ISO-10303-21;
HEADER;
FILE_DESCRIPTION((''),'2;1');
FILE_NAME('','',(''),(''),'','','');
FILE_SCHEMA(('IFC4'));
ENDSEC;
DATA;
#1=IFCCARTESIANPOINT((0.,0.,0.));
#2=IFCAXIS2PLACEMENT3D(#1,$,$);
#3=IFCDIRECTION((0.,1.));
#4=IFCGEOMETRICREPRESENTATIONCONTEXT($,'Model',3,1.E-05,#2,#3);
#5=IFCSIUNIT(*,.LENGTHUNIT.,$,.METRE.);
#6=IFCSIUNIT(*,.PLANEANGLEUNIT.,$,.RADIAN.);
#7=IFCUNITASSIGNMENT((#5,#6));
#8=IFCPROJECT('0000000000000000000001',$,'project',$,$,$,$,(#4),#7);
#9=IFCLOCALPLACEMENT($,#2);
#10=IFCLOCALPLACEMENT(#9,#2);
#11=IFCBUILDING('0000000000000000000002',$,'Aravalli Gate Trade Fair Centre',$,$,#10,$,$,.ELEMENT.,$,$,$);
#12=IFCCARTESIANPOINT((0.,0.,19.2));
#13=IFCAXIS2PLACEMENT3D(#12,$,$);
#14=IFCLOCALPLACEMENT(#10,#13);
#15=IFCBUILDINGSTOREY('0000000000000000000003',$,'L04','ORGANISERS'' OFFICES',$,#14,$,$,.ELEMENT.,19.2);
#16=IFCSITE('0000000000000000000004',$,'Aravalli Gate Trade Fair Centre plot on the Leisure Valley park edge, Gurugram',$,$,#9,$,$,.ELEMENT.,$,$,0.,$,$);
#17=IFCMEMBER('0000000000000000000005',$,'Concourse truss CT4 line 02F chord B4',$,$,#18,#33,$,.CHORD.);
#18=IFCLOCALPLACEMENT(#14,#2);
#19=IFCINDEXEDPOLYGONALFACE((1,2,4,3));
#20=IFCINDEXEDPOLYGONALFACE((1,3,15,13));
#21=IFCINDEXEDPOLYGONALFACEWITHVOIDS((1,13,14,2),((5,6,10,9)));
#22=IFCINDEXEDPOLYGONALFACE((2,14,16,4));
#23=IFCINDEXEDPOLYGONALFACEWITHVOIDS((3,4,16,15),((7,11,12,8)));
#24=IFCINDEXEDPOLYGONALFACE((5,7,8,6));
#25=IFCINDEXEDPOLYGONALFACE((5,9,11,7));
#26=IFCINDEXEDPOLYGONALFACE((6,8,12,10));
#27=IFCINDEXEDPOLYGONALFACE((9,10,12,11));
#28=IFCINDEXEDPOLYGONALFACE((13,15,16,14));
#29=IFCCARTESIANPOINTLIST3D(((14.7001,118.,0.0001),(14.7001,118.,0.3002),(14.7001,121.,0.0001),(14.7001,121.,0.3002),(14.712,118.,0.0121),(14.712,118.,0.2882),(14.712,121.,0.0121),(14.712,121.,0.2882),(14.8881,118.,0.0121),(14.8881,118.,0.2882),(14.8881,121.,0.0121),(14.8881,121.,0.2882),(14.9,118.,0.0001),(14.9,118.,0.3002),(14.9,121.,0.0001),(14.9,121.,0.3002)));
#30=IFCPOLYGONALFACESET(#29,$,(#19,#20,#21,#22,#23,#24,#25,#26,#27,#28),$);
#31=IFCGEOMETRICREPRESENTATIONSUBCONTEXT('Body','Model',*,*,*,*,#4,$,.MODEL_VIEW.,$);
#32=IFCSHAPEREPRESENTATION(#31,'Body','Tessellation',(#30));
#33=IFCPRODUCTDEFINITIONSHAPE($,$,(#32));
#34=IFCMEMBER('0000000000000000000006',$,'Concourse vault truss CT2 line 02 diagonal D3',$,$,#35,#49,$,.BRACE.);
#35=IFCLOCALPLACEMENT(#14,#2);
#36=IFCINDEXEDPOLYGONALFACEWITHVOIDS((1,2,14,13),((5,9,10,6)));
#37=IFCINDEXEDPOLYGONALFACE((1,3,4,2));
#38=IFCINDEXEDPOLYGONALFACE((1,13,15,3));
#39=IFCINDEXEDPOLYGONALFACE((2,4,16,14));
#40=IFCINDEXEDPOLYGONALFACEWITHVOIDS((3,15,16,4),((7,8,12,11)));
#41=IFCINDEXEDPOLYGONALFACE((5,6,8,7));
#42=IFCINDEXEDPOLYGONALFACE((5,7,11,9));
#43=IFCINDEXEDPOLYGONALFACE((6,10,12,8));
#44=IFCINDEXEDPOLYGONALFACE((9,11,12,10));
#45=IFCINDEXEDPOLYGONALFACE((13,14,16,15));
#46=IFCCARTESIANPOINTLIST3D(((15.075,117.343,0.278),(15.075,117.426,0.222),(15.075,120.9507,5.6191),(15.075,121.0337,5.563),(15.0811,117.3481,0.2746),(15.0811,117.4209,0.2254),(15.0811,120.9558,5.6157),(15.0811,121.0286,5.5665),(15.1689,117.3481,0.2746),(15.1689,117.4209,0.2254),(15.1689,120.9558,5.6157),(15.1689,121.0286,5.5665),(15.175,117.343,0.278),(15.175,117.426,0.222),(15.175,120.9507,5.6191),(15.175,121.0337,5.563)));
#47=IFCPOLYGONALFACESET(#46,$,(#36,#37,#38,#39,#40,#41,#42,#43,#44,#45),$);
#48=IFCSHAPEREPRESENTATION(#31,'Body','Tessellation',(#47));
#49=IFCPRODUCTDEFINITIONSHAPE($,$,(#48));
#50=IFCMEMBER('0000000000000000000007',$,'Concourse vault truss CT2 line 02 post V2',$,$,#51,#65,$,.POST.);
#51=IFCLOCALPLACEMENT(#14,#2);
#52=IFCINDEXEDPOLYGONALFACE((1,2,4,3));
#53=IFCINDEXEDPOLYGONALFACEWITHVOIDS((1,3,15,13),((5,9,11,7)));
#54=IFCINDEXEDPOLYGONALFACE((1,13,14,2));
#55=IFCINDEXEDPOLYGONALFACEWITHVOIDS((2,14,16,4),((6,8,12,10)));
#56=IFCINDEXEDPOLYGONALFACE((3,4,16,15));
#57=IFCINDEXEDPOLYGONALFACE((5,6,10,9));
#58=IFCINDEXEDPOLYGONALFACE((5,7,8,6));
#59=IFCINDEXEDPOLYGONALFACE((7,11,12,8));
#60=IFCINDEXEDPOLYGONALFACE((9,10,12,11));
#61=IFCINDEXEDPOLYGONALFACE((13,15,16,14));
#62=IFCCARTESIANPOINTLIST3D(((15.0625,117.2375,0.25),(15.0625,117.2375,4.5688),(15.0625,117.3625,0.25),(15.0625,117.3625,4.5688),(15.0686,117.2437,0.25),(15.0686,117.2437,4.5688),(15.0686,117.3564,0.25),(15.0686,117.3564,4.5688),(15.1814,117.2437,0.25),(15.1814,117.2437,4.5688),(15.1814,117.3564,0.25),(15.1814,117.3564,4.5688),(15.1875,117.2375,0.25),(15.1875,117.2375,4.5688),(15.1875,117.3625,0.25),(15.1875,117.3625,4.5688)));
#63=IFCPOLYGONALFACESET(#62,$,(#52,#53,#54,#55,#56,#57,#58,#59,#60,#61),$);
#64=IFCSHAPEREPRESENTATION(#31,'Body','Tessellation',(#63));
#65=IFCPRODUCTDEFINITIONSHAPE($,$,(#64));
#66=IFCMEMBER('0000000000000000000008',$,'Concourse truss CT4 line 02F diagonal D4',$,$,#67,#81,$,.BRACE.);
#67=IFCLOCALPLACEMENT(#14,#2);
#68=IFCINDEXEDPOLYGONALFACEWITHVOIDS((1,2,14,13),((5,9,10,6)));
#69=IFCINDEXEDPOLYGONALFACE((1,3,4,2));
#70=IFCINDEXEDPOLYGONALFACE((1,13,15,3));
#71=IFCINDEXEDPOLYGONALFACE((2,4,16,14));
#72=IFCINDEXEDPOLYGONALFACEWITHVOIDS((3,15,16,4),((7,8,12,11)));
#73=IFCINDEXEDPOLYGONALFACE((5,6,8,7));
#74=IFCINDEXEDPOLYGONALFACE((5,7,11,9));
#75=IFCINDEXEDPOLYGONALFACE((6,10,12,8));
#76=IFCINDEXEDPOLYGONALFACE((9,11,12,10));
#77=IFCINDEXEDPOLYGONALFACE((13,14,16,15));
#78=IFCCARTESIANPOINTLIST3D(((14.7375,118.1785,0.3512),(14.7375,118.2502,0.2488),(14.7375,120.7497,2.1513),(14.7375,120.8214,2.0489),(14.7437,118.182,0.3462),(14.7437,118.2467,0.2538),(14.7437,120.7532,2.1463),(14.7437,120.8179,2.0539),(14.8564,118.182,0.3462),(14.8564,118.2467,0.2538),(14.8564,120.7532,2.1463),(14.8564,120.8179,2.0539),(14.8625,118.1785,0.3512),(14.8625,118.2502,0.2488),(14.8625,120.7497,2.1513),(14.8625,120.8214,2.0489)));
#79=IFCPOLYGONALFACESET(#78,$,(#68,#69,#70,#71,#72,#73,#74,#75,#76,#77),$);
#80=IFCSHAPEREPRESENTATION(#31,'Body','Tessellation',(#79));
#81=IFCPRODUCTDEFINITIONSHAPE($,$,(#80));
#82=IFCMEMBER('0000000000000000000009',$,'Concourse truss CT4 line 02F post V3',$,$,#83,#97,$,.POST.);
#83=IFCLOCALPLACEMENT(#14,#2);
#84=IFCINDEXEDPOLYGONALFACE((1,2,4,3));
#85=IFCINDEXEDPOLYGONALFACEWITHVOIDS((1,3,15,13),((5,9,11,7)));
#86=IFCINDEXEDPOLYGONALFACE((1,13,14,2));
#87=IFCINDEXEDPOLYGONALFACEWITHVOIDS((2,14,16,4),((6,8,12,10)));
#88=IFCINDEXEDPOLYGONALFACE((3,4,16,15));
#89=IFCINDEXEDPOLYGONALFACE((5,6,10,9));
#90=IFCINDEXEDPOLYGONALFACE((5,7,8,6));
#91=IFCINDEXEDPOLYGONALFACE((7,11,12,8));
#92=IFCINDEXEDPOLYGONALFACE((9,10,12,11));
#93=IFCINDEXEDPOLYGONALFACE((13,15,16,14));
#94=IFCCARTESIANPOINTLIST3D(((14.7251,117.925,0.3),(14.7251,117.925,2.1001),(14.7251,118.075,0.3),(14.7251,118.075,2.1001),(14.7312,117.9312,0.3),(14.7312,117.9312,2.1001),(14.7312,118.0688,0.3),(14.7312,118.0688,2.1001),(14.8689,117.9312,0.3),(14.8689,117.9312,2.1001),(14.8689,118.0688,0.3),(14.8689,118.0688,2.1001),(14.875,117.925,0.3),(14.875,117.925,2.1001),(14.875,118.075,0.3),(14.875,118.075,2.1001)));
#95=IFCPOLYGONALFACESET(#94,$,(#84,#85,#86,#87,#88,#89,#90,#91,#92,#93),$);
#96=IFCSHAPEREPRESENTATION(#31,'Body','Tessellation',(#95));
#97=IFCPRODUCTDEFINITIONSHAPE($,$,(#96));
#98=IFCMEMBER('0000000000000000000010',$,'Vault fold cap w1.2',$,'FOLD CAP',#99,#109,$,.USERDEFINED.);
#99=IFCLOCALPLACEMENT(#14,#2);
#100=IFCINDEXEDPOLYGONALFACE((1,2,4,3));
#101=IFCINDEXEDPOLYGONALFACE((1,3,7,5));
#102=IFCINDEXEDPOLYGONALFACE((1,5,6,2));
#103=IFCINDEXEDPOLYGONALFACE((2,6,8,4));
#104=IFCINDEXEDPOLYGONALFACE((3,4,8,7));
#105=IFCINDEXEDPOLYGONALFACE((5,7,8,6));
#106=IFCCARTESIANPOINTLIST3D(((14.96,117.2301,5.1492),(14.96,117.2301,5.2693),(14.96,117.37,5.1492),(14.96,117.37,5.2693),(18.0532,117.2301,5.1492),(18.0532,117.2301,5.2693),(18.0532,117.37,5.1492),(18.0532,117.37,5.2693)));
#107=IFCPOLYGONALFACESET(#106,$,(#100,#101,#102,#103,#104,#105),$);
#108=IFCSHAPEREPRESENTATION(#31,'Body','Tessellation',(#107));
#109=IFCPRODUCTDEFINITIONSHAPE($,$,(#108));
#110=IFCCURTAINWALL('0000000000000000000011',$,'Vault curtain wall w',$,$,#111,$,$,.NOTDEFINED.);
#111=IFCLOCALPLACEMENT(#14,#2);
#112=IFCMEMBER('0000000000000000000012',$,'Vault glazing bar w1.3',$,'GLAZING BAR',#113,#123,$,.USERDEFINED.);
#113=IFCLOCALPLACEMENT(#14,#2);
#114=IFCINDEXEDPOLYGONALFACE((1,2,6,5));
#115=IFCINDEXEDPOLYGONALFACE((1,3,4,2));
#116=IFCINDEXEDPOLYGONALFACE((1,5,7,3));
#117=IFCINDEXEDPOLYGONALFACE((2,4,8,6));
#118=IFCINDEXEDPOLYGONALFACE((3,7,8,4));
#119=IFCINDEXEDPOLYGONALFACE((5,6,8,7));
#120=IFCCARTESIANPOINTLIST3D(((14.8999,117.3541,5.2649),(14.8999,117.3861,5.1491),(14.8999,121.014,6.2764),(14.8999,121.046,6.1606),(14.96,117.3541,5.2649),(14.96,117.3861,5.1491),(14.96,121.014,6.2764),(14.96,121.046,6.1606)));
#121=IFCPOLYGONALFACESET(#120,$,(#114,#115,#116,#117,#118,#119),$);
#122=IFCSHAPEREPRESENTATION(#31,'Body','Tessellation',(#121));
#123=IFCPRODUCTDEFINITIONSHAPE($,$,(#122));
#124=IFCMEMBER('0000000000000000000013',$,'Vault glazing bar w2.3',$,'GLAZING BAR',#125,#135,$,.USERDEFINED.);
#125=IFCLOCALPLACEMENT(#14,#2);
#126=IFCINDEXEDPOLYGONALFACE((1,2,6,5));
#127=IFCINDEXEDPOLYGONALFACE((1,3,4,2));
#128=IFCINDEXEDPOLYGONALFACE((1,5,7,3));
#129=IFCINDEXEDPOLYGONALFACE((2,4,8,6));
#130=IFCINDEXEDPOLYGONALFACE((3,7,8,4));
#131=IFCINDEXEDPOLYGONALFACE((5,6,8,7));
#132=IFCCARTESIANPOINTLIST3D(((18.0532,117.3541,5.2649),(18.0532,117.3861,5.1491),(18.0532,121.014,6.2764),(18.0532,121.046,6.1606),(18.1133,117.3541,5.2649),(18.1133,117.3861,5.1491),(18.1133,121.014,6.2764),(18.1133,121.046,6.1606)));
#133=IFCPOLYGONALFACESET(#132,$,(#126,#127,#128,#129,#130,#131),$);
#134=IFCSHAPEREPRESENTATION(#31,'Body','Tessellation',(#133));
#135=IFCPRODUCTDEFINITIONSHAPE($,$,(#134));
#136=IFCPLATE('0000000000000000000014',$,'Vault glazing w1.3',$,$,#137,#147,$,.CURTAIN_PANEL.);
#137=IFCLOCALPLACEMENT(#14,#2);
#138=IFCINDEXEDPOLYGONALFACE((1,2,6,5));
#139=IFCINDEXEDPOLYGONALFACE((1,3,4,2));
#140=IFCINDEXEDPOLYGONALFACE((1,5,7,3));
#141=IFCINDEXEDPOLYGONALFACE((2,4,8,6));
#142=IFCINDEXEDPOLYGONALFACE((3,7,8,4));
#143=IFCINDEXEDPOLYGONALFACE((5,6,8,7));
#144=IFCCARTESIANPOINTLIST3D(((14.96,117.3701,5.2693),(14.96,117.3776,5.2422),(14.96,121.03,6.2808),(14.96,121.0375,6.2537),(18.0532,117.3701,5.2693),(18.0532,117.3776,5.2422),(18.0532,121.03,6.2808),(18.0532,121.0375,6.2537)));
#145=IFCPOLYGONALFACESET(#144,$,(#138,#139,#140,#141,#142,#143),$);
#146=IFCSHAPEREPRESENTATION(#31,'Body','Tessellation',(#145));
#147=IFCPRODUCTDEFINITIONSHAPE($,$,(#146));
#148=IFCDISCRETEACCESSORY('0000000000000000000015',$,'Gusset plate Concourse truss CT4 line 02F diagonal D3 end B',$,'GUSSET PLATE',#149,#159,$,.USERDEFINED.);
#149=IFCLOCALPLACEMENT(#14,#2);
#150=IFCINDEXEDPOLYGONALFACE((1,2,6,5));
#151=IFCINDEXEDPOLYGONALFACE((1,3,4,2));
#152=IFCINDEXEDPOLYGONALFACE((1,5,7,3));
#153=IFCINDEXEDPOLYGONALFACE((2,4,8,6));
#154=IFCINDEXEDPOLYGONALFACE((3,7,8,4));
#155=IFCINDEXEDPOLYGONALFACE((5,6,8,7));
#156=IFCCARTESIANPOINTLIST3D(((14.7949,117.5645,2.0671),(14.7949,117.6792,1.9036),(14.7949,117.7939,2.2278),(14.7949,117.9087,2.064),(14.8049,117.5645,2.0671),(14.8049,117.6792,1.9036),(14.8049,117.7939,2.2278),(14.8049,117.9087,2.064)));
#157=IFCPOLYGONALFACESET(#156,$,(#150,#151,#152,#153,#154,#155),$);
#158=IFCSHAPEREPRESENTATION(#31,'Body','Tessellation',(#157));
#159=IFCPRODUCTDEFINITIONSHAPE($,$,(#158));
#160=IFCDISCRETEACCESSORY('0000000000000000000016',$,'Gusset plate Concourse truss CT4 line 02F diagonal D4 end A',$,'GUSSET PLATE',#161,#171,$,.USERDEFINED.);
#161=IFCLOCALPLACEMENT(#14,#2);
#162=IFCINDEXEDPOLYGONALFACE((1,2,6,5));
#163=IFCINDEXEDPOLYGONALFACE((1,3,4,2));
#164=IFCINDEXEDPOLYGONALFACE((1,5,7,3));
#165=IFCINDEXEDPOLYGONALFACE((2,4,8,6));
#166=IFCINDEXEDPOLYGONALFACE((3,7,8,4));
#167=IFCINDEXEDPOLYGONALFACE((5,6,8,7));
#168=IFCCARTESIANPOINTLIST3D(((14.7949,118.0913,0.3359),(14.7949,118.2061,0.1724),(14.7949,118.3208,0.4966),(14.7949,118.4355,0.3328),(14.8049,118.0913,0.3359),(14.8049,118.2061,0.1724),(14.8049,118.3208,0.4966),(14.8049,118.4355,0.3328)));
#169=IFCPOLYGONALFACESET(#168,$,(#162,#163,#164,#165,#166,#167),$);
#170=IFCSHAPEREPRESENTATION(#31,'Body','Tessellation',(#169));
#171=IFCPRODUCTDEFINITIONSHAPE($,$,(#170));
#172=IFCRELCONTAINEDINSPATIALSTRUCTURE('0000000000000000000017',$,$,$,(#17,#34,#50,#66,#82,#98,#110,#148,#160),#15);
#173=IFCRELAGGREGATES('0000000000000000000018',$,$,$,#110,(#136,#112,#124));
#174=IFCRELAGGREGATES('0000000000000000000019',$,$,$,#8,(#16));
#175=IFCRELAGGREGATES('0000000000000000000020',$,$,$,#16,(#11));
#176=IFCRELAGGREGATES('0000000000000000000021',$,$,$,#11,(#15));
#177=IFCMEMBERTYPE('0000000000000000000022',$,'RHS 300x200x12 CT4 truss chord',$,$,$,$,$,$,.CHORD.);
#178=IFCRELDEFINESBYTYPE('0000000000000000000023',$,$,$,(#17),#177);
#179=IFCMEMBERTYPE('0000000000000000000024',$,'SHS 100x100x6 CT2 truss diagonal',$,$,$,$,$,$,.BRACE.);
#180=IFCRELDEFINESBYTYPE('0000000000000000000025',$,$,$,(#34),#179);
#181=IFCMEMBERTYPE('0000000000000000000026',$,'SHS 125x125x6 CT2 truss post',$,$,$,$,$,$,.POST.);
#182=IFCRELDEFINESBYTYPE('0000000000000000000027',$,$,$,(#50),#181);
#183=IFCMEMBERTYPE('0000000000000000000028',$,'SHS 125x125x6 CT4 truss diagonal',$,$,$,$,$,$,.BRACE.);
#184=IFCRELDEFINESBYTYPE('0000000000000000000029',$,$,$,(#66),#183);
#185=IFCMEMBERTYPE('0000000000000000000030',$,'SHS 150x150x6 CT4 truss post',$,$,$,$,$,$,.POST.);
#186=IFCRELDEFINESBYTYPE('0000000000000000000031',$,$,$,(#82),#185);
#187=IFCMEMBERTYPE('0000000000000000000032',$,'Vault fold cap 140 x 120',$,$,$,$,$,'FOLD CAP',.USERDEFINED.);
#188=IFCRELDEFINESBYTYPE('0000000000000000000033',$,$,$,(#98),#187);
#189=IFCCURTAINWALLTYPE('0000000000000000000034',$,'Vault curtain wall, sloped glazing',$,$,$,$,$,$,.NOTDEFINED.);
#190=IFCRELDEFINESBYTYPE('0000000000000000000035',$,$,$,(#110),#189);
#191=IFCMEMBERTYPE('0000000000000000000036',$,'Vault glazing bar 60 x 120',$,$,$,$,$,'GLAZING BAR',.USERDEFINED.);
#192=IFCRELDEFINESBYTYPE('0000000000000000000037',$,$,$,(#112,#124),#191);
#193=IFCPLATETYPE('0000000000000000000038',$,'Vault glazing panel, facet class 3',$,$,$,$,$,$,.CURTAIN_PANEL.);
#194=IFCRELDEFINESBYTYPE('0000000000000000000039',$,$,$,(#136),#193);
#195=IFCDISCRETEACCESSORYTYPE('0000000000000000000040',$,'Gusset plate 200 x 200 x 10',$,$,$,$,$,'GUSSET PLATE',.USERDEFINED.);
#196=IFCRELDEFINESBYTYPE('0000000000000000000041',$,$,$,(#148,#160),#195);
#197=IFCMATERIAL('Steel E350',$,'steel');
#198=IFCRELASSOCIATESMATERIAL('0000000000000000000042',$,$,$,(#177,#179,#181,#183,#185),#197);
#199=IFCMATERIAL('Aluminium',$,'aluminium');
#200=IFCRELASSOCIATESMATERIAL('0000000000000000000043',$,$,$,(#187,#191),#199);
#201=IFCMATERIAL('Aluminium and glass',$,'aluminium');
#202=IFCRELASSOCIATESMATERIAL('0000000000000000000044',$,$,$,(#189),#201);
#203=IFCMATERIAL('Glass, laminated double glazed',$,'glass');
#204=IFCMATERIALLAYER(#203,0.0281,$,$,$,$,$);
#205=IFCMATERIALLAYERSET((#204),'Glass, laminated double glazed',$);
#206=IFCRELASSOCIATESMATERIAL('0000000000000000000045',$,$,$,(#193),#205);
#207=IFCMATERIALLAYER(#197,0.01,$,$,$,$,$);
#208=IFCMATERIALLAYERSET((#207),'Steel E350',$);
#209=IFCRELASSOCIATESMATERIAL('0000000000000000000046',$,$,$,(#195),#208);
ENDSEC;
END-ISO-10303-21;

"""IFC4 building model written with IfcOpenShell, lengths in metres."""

from ifc_helpers import new_model, si_unit, direction, frame, origin, origin_2d, place, context, subcontext, project, spatial, polyline, rectangle, hollow_rectangle, outline, extrude, material, layer, layer_set, material_profile, profile_set, type_object, element, aggregate, save


model = new_model("IFC4")

# Units and contexts
model_context = context("Model", 3, precision=1e-05, world=origin(), true_north=direction((0.0, 1.0)))
body_context = subcontext(model_context, "Body", "Model", "MODEL_VIEW")
ifc_project = project(units=[si_unit("LENGTHUNIT", "METRE"), si_unit("PLANEANGLEUNIT", "RADIAN")], contexts=[model_context])

# Site, building, storey
site_placement = place(None, origin())
site = spatial("IfcSite", under=ifc_project, at=site_placement, Name="Aravalli Gate Trade Fair Centre plot on the Leisure Valley park edge, Gurugram", CompositionType="ELEMENT", RefElevation=0.0)
building_placement = place(site_placement, origin())
building = spatial("IfcBuilding", under=site, at=building_placement, Name="Aravalli Gate Trade Fair Centre", CompositionType="ELEMENT")
storey_placement = place(building_placement, frame((0.0, 0.0, 19.2)))
storey = spatial("IfcBuildingStorey", under=building, at=storey_placement, Name="L04", Description="ORGANISERS' OFFICES", CompositionType="ELEMENT", Elevation=19.2)

# Members
ifc_material_1 = material(Name="Steel E350", Category="steel")
ifc_material_profile_1 = material_profile(ifc_material_1, hollow_rectangle(XDim=0.2, YDim=0.3, WallThickness=0.012, at=origin_2d()), Name="RHS 300x200x12")
ifc_profile_set_1 = profile_set([ifc_material_profile_1], Name="Steel E350")
member_type_1 = type_object("IfcMemberType", Name="RHS 300x200x12 CT4 truss chord", PredefinedType="CHORD", material=ifc_profile_set_1)
for number, where, z_axis, x_axis, name in (
    (1, (14.8, 118.0, 0.1501), (0.0, 1.0, 0.0), (-1.0, 0.0, 0.0), "Concourse truss CT4 line 02F chord B4"),
):
    element("IfcMember", number, at=place(storey_placement, frame(where, z_axis=z_axis, x_axis=x_axis)), inside=storey, type_object=member_type_1, Name=name, PredefinedType="CHORD", context=body_context, shape_type="SweptSolid", body=[
        extrude(hollow_rectangle(XDim=0.2, YDim=0.3, WallThickness=0.012, at=origin_2d()), origin(), (0.0, 0.0, 1.0), 3.0),
    ])
ifc_material_profile_2 = material_profile(ifc_material_1, hollow_rectangle(XDim=0.1001, YDim=0.1001, WallThickness=0.0061, at=origin_2d()), Name="SHS 100x100x6")
ifc_profile_set_2 = profile_set([ifc_material_profile_2], Name="Steel E350")
member_type_2 = type_object("IfcMemberType", Name="SHS 100x100x6 CT2 truss diagonal", PredefinedType="BRACE", material=ifc_profile_set_2)
member_1_placement = place(storey_placement, frame((15.125, 117.3845, 0.25), z_axis=(0.0, 0.559734, 0.828673), x_axis=(-1.0, 0.0, 0.0)))
element("IfcMember", 2, at=member_1_placement, inside=storey, type_object=member_type_2, Name="Concourse vault truss CT2 line 02 diagonal D3", PredefinedType="BRACE", context=body_context, shape_type="SweptSolid", body=[
    extrude(hollow_rectangle(XDim=0.1001, YDim=0.1001, WallThickness=0.0061, at=origin_2d()), origin(), (0.0, 0.0, 1.0), 6.4453),
])
ifc_material_profile_3 = material_profile(ifc_material_1, hollow_rectangle(XDim=0.125, YDim=0.125, WallThickness=0.0061, at=origin_2d()), Name="SHS 125x125x6")
ifc_profile_set_3 = profile_set([ifc_material_profile_3], Name="Steel E350")
member_type_3 = type_object("IfcMemberType", Name="SHS 125x125x6 CT2 truss post", PredefinedType="POST", material=ifc_profile_set_3)
member_2_placement = place(storey_placement, frame((15.125, 117.3, 0.25), z_axis=(0.0, 0.0, 1.0), x_axis=(1.0, 0.0, 0.0)))
element("IfcMember", 3, at=member_2_placement, inside=storey, type_object=member_type_3, Name="Concourse vault truss CT2 line 02 post V2", PredefinedType="POST", context=body_context, shape_type="SweptSolid", body=[
    extrude(hollow_rectangle(XDim=0.125, YDim=0.125, WallThickness=0.0061, at=origin_2d()), origin(), (0.0, 0.0, 1.0), 4.3188),
])
ifc_material_profile_4 = material_profile(ifc_material_1, hollow_rectangle(XDim=0.125, YDim=0.125, WallThickness=0.0061, at=origin_2d()), Name="SHS 125x125x6")
ifc_profile_set_4 = profile_set([ifc_material_profile_4], Name="Steel E350")
member_type_4 = type_object("IfcMemberType", Name="SHS 125x125x6 CT4 truss diagonal", PredefinedType="BRACE", material=ifc_profile_set_4)
member_3_placement = place(storey_placement, frame((14.8, 118.2144, 0.3), z_axis=(0.0, 0.81921, 0.573494), x_axis=(-1.0, 0.0, 0.0)))
element("IfcMember", 4, at=member_3_placement, inside=storey, type_object=member_type_4, Name="Concourse truss CT4 line 02F diagonal D4", PredefinedType="BRACE", context=body_context, shape_type="SweptSolid", body=[
    extrude(hollow_rectangle(XDim=0.125, YDim=0.125, WallThickness=0.0061, at=origin_2d()), origin(), (0.0, 0.0, 1.0), 3.1387),
])
ifc_material_profile_5 = material_profile(ifc_material_1, hollow_rectangle(XDim=0.1499, YDim=0.1499, WallThickness=0.0061, at=origin_2d()), Name="SHS 150x150x6")
ifc_profile_set_5 = profile_set([ifc_material_profile_5], Name="Steel E350")
member_type_5 = type_object("IfcMemberType", Name="SHS 150x150x6 CT4 truss post", PredefinedType="POST", material=ifc_profile_set_5)
member_4_placement = place(storey_placement, frame((14.8, 118.0, 0.3), z_axis=(0.0, 0.0, 1.0), x_axis=(1.0, 0.0, 0.0)))
element("IfcMember", 5, at=member_4_placement, inside=storey, type_object=member_type_5, Name="Concourse truss CT4 line 02F post V3", PredefinedType="POST", context=body_context, shape_type="SweptSolid", body=[
    extrude(hollow_rectangle(XDim=0.1499, YDim=0.1499, WallThickness=0.0061, at=origin_2d()), origin(), (0.0, 0.0, 1.0), 1.8),
])
ifc_material_2 = material(Name="Aluminium", Category="aluminium")
ifc_material_profile_6 = material_profile(ifc_material_2, rectangle(XDim=0.1399, YDim=0.1201, at=origin_2d()), Name="Vault fold cap 140 x 120")
ifc_profile_set_6 = profile_set([ifc_material_profile_6], Name="Aluminium")
member_type_6 = type_object("IfcMemberType", Name="Vault fold cap 140 x 120", ElementType="FOLD CAP", PredefinedType="USERDEFINED", material=ifc_profile_set_6)
member_5_placement = place(storey_placement, frame((14.96, 117.3, 5.2092), z_axis=(1.0, 0.0, 0.0), x_axis=(0.0, 1.0, 0.0)))
element("IfcMember", 6, at=member_5_placement, inside=storey, type_object=member_type_6, Name="Vault fold cap w1.2", ObjectType="FOLD CAP", PredefinedType="USERDEFINED", context=body_context, shape_type="SweptSolid", body=[
    extrude(rectangle(XDim=0.1399, YDim=0.1201, at=origin_2d()), origin(), (0.0, 0.0, 1.0), 3.0933),
])

# Curtain wall, members, plate
ifc_material_3 = material(Name="Aluminium and glass", Category="aluminium")
curtain_wall_type = type_object("IfcCurtainWallType", Name="Vault curtain wall, sloped glazing", PredefinedType="NOTDEFINED", material=ifc_material_3)
curtain_wall_placement = place(storey_placement, origin())
curtain_wall = element("IfcCurtainWall", 7, at=curtain_wall_placement, inside=storey, type_object=curtain_wall_type, Name="Vault curtain wall w", PredefinedType="NOTDEFINED")
ifc_material_profile_7 = material_profile(ifc_material_2, rectangle(XDim=0.0601, YDim=0.1201, at=origin_2d()), Name="Vault glazing bar 60 x 120")
ifc_profile_set_7 = profile_set([ifc_material_profile_7], Name="Aluminium")
member_type_7 = type_object("IfcMemberType", Name="Vault glazing bar 60 x 120", ElementType="GLAZING BAR", PredefinedType="USERDEFINED", material=ifc_profile_set_7)
member_6_placement = place(storey_placement, frame((14.9299, 117.3701, 5.207), z_axis=(0.0, 0.963868, 0.26638), x_axis=(-1.0, 0.0, 0.0)))
member_6 = element("IfcMember", 8, at=member_6_placement, type_object=member_type_7, Name="Vault glazing bar w1.3", ObjectType="GLAZING BAR", PredefinedType="USERDEFINED", context=body_context, shape_type="SweptSolid", body=[
    extrude(rectangle(XDim=0.0601, YDim=0.1201, at=origin_2d()), origin(), (0.0, 0.0, 1.0), 3.7971),
])
member_7_placement = place(storey_placement, frame((18.0833, 117.3701, 5.207), z_axis=(0.0, 0.963868, 0.26638), x_axis=(-1.0, 0.0, 0.0)))
member_7 = element("IfcMember", 9, at=member_7_placement, type_object=member_type_7, Name="Vault glazing bar w2.3", ObjectType="GLAZING BAR", PredefinedType="USERDEFINED", context=body_context, shape_type="SweptSolid", body=[
    extrude(rectangle(XDim=0.0601, YDim=0.1201, at=origin_2d()), origin(), (0.0, 0.0, 1.0), 3.7971),
])
ifc_material_4 = material(Name="Glass, laminated double glazed", Category="glass")
ifc_layer_1 = layer(ifc_material_4, 0.0281)
ifc_layer_set_1 = layer_set([ifc_layer_1], Name="Glass, laminated double glazed")
plate_type = type_object("IfcPlateType", Name="Vault glazing panel, facet class 3", PredefinedType="CURTAIN_PANEL", material=ifc_layer_set_1)
plate_placement = place(storey_placement, frame((14.96, 117.3701, 5.2693), z_axis=(0.0, -0.26638, 0.963868), x_axis=(1.0, 0.0, 0.0)))
plate = element("IfcPlate", 10, at=plate_placement, type_object=plate_type, Name="Vault glazing w1.3", PredefinedType="CURTAIN_PANEL", context=body_context, shape_type="SweptSolid", body=[
    extrude(outline(polyline([(0.0, 0.0), (3.0933, 0.0), (3.0933, 3.7971), (0.0, 3.7971), (0.0, 0.0)])), origin(), (0.0, 0.0, -1.0), 0.0281),
])
aggregate(curtain_wall, [plate, member_6, member_7])

# Discrete accessories
ifc_layer_2 = layer(ifc_material_1, 0.01)
ifc_layer_set_2 = layer_set([ifc_layer_2], Name="Steel E350")
discrete_accessory_type = type_object("IfcDiscreteAccessoryType", Name="Gusset plate 200 x 200 x 10", ElementType="GUSSET PLATE", PredefinedType="USERDEFINED", material=ifc_layer_set_2)
discrete_accessory_1_placement = place(storey_placement, frame((14.7949, 117.5645, 2.0671), z_axis=(-1.0, 0.0, 0.0), x_axis=(0.0, 0.819232, 0.573462)))
element("IfcDiscreteAccessory", 11, at=discrete_accessory_1_placement, inside=storey, type_object=discrete_accessory_type, Name="Gusset plate Concourse truss CT4 line 02F diagonal D3 end B", ObjectType="GUSSET PLATE", PredefinedType="USERDEFINED", context=body_context, shape_type="SweptSolid", body=[
    extrude(outline(polyline([(0.0, 0.0), (0.2801, 0.0), (0.2802, 0.2), (0.0002, 0.1998), (0.0, 0.0)])), origin(), (0.0, 0.0, -1.0), 0.01),
])
discrete_accessory_2_placement = place(storey_placement, frame((14.8049, 118.3208, 0.4966), z_axis=(1.0, 0.0, 0.0), x_axis=(0.0, -0.819232, -0.573462)))
element("IfcDiscreteAccessory", 12, at=discrete_accessory_2_placement, inside=storey, type_object=discrete_accessory_type, Name="Gusset plate Concourse truss CT4 line 02F diagonal D4 end A", ObjectType="GUSSET PLATE", PredefinedType="USERDEFINED", context=body_context, shape_type="SweptSolid", body=[
    extrude(outline(polyline([(0.0, 0.0), (0.2801, 0.0), (0.2799, 0.1998), (-0.0001, 0.2), (0.0, 0.0)])), origin(), (0.0, 0.0, -1.0), 0.01),
])

save(model, "model.ifc")
